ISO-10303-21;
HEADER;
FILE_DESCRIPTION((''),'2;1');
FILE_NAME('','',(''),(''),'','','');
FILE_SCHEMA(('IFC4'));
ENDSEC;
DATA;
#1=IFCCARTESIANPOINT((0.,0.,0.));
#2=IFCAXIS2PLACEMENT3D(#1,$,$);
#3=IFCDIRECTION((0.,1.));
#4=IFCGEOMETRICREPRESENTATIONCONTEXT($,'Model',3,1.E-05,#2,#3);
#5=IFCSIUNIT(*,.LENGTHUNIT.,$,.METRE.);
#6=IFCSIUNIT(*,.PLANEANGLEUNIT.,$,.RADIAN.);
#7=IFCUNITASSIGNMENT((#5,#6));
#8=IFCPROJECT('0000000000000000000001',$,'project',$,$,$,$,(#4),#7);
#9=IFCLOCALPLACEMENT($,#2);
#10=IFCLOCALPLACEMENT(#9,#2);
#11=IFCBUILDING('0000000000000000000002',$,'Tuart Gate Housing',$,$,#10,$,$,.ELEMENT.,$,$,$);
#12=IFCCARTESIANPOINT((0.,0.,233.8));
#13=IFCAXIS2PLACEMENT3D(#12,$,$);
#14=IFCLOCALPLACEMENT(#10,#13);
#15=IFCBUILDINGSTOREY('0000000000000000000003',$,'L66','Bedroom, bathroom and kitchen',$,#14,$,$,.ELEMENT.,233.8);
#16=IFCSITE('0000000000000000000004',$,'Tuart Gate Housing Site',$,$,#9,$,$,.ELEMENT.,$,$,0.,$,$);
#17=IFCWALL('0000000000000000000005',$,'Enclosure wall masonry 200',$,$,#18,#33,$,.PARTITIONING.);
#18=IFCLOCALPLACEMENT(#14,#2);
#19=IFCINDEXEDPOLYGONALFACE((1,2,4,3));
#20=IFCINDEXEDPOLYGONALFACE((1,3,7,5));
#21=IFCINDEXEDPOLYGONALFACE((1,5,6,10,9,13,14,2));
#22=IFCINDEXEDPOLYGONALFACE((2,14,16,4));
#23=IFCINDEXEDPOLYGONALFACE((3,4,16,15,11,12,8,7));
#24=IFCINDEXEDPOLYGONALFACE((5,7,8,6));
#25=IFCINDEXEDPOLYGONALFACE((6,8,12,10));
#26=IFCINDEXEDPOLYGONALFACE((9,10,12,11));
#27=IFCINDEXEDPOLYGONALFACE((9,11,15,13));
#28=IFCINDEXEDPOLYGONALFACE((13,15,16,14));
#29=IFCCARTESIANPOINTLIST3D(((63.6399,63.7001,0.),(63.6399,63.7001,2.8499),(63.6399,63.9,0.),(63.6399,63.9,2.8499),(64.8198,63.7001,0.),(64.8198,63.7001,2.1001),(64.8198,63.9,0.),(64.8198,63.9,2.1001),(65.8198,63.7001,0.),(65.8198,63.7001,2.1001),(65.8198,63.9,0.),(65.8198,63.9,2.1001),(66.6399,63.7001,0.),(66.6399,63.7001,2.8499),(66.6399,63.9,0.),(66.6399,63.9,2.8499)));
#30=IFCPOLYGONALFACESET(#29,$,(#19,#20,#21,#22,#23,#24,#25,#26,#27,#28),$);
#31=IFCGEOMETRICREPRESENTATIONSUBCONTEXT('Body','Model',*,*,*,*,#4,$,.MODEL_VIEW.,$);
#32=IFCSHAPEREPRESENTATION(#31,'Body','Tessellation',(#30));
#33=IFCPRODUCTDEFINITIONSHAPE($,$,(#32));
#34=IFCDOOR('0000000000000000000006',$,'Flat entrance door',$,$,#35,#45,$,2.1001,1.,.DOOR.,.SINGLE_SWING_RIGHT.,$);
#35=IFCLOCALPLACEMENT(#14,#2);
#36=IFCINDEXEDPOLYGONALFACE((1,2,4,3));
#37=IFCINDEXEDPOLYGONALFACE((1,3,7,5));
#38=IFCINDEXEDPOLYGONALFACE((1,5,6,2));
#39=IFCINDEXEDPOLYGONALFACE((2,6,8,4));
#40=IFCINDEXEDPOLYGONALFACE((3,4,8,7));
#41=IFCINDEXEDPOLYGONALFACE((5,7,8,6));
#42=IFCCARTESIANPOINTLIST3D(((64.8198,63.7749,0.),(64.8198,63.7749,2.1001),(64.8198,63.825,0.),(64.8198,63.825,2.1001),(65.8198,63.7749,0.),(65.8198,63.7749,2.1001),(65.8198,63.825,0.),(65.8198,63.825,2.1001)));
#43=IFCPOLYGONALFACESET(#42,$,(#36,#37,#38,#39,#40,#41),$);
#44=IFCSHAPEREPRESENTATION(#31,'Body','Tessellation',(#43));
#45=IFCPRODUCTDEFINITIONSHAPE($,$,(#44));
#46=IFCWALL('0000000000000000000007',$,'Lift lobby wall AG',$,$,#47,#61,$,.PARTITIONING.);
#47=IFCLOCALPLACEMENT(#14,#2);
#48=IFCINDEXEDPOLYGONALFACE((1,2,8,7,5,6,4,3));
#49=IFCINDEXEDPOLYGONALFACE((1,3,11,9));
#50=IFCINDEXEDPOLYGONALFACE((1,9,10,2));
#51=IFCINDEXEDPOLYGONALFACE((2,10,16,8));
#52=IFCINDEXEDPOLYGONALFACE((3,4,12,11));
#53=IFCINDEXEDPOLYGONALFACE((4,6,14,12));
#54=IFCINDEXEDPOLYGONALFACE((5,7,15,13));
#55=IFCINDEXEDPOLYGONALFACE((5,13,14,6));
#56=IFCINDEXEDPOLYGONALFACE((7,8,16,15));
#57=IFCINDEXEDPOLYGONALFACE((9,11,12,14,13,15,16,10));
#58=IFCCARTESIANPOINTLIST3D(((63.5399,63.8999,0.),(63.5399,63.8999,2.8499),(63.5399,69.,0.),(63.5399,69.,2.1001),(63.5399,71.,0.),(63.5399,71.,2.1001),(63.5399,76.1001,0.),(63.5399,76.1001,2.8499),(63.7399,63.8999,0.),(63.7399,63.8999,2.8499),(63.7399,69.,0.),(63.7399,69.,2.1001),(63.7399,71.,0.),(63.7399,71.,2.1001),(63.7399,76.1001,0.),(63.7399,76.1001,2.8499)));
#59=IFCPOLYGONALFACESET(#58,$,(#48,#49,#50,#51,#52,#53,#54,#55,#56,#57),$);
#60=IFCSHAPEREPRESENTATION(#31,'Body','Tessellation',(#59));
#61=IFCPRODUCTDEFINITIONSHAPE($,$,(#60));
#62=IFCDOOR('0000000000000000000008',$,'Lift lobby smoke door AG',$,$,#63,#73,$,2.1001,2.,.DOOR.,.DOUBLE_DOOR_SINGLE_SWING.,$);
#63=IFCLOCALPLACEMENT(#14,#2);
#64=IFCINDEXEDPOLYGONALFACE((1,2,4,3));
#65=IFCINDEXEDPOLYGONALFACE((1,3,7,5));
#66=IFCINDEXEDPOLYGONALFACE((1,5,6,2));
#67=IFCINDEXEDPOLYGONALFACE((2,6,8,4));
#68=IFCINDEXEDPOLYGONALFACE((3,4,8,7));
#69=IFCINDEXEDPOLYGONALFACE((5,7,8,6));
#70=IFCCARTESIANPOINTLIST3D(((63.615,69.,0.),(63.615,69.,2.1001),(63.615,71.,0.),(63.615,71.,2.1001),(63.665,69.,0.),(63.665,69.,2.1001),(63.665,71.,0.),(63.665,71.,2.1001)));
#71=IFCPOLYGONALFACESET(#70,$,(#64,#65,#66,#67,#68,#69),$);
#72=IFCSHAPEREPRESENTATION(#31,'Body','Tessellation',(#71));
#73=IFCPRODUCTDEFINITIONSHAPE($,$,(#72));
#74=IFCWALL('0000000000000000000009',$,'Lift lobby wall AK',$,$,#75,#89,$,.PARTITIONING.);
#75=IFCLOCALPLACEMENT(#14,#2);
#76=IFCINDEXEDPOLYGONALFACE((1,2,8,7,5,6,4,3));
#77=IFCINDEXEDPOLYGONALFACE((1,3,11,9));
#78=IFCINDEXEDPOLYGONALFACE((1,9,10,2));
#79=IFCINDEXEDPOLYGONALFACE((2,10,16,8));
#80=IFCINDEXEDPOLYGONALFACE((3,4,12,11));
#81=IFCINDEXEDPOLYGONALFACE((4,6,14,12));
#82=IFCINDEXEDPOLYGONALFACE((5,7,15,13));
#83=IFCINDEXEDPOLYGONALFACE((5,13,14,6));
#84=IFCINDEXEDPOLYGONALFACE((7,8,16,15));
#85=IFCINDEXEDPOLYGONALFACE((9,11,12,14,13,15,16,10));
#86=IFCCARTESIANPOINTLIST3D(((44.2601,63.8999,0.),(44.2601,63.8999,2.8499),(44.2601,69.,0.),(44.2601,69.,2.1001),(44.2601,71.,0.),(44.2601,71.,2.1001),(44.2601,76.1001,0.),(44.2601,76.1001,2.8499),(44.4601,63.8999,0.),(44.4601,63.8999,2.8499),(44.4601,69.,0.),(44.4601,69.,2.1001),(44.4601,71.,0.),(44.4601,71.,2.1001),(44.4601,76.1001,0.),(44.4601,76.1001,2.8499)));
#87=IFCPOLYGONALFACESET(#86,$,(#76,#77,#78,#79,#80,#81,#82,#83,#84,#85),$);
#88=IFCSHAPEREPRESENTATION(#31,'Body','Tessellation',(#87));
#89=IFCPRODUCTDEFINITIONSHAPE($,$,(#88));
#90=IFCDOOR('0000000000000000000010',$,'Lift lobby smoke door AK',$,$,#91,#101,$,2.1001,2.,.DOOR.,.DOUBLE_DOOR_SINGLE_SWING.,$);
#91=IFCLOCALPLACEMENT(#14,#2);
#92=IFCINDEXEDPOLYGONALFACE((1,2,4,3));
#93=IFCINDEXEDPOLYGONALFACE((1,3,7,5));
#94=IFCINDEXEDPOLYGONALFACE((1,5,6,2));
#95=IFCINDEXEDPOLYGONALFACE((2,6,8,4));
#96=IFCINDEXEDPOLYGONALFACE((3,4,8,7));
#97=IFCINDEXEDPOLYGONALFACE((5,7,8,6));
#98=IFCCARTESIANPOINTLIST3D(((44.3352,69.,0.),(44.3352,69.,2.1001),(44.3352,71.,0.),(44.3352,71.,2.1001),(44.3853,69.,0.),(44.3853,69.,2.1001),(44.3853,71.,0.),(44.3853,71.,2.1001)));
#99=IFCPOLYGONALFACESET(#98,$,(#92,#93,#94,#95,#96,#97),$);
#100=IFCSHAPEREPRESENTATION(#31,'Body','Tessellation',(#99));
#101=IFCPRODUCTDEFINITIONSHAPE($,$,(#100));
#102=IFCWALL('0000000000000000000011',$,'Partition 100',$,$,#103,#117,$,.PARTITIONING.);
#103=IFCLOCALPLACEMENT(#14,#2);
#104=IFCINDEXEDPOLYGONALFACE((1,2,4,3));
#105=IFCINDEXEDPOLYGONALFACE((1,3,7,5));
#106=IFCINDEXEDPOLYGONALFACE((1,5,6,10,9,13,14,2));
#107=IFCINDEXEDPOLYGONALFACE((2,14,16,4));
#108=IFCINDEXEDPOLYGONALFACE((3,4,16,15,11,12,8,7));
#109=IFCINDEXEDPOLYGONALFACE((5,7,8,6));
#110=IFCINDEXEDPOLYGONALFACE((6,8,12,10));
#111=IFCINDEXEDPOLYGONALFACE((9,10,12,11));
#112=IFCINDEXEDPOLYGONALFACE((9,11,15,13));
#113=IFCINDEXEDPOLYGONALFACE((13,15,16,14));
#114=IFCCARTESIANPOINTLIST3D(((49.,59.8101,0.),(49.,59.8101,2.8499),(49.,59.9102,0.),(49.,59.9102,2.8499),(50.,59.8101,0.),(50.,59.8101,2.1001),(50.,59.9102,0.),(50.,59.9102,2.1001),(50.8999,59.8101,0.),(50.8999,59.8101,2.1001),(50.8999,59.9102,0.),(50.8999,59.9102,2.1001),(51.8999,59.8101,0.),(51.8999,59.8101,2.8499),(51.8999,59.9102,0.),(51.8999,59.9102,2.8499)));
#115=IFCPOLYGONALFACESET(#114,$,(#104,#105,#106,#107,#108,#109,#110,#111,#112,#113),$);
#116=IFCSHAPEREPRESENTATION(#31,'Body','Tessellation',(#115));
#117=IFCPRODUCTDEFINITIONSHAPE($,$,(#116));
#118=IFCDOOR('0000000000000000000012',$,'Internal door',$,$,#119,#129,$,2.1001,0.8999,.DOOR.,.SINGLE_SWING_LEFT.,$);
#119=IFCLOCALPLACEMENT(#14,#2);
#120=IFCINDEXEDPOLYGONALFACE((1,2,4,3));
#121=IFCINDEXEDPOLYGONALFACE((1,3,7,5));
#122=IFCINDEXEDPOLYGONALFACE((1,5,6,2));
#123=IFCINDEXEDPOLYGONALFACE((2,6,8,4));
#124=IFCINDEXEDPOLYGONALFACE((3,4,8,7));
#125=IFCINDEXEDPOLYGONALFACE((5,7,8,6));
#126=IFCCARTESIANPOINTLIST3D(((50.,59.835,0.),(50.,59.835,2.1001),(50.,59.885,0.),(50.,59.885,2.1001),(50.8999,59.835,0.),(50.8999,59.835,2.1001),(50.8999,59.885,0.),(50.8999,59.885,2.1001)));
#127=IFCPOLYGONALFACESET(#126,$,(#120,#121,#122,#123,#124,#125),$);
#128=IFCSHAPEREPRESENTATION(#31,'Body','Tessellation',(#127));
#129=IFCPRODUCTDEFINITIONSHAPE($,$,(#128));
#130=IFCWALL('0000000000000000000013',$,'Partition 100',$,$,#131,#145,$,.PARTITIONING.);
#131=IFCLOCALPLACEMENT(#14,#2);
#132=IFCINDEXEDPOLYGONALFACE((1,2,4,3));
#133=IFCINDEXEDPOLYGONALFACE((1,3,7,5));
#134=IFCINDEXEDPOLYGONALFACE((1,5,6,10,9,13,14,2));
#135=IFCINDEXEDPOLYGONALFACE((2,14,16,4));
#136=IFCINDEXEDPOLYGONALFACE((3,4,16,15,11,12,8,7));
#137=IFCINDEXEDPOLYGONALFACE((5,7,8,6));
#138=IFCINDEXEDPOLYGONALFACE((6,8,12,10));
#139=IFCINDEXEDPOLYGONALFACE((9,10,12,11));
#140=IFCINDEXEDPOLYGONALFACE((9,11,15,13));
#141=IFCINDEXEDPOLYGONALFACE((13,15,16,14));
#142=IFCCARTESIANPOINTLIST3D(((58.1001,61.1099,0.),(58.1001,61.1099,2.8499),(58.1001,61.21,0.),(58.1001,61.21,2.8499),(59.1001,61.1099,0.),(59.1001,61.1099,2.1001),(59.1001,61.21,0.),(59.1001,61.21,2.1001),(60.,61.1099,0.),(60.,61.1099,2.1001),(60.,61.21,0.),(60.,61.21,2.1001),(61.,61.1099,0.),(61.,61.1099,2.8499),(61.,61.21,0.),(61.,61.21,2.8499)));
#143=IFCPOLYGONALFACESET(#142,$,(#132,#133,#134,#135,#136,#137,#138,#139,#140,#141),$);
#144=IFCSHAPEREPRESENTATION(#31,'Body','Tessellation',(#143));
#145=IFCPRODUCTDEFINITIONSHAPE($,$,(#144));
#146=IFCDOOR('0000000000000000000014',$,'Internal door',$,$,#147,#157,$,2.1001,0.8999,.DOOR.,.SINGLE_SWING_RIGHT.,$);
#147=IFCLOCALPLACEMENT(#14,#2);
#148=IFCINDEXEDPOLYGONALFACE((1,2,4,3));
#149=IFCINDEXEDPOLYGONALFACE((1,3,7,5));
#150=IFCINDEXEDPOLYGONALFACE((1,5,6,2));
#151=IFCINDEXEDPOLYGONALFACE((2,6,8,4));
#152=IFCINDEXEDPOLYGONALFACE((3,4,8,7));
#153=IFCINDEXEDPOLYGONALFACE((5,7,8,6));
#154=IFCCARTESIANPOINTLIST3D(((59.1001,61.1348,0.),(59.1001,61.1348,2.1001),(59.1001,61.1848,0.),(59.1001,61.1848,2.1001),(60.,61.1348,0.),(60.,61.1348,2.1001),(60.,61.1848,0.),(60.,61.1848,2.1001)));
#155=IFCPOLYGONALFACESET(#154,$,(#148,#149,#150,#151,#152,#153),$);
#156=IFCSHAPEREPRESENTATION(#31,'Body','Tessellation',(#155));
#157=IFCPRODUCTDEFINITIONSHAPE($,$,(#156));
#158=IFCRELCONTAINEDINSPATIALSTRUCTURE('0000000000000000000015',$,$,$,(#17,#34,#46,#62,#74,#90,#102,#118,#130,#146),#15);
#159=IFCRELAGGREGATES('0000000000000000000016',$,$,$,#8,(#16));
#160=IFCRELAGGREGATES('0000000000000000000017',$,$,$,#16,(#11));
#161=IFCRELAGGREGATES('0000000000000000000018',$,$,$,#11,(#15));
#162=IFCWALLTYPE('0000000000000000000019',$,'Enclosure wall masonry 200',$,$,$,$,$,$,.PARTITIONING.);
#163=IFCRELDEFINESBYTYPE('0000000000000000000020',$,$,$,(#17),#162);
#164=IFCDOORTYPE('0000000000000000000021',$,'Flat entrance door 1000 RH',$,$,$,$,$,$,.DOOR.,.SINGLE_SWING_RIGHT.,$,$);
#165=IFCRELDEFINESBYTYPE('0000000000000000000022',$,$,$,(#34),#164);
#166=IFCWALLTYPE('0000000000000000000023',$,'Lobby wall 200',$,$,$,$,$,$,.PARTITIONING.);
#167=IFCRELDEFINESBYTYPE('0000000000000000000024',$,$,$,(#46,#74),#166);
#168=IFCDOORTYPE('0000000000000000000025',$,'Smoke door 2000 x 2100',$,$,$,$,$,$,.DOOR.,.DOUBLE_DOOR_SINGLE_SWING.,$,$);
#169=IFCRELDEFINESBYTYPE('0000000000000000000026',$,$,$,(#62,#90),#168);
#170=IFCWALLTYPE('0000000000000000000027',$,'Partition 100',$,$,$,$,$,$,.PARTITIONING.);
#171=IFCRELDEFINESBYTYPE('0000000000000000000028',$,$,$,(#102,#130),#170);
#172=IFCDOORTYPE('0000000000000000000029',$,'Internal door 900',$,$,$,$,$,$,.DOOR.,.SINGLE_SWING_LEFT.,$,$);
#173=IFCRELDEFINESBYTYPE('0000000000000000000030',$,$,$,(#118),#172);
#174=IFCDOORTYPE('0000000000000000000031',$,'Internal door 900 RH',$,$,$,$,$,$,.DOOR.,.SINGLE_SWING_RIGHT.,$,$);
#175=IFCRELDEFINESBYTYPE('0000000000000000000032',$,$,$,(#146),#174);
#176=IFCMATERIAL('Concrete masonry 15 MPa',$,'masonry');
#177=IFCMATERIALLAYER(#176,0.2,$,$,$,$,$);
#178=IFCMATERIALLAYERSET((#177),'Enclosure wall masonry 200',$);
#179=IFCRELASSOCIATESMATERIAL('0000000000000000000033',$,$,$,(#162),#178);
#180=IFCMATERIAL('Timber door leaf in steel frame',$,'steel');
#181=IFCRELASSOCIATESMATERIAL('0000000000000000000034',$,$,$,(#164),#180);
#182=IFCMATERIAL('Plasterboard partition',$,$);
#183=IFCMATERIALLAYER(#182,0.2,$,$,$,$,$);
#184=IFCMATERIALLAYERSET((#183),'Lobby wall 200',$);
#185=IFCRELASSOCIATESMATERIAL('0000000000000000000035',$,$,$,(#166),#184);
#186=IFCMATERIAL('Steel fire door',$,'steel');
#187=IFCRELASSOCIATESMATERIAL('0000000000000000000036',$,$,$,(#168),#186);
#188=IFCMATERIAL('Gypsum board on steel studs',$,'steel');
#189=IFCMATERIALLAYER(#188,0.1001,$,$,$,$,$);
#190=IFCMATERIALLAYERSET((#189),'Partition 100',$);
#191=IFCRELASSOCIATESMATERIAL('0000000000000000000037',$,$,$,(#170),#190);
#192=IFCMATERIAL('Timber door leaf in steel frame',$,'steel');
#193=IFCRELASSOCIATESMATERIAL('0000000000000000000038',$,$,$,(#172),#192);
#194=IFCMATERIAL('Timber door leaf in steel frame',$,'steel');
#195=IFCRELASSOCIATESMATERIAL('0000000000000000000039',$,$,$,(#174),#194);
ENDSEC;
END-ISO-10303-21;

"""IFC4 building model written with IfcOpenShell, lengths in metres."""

from ifc_helpers import new_model, si_unit, direction, frame, frame_2d, origin, place, context, subcontext, project, spatial, rectangle, extrude, material, layer, layer_set, type_object, element, fill, save


model = new_model("IFC4")

# Units and contexts
model_context = context("Model", 3, precision=1e-05, world=origin(), true_north=direction((0.0, 1.0)))
body_context = subcontext(model_context, "Body", "Model", "MODEL_VIEW")
ifc_project = project(units=[si_unit("LENGTHUNIT", "METRE"), si_unit("PLANEANGLEUNIT", "RADIAN")], contexts=[model_context])

# Site, building, storey
site_placement = place(None, origin())
site = spatial("IfcSite", under=ifc_project, at=site_placement, Name="Tuart Gate Housing Site", CompositionType="ELEMENT", RefElevation=0.0)
building_placement = place(site_placement, origin())
building = spatial("IfcBuilding", under=site, at=building_placement, Name="Tuart Gate Housing", CompositionType="ELEMENT")
storey_placement = place(building_placement, frame((0.0, 0.0, 233.8)))
storey = spatial("IfcBuildingStorey", under=building, at=storey_placement, Name="L66", Description="Bedroom, bathroom and kitchen", CompositionType="ELEMENT", Elevation=233.8)

# Walls, openings, doors
ifc_material_1 = material(Name="Concrete masonry 15 MPa", Category="masonry")
ifc_layer_1 = layer(ifc_material_1, 0.2)
ifc_layer_set_1 = layer_set([ifc_layer_1], Name="Enclosure wall masonry 200")
wall_type_1 = type_object("IfcWallType", Name="Enclosure wall masonry 200", PredefinedType="PARTITIONING", material=ifc_layer_set_1)
wall_1_placement = place(storey_placement, frame((63.6399, 63.8, 0.0), z_axis=(0.0, 0.0, 1.0), x_axis=(1.0, 0.0, 0.0)))
wall_1 = element("IfcWall", 1, at=wall_1_placement, inside=storey, type_object=wall_type_1, Name="Enclosure wall masonry 200", PredefinedType="PARTITIONING", context=body_context, shape_type="SweptSolid", body=[
    extrude(rectangle(XDim=3.0, YDim=0.2, at=frame_2d((1.5, 0.0))), origin(), (0.0, 0.0, 1.0), 2.8499),
])
opening_1_placement = place(wall_1_placement, frame((1.1799, 0.0, 0.0)))
opening_1 = element("IfcOpeningElement", 2, at=opening_1_placement, cuts=wall_1, PredefinedType="OPENING", context=body_context, shape_type="SweptSolid", body=[
    extrude(rectangle(XDim=1.0, YDim=2.1001, at=frame_2d((0.5, 1.05))), frame((0.0, 0.1099, 0.0), z_axis=(0.0, -1.0, 0.0), x_axis=(1.0, 0.0, 0.0)), (0.0, 0.0, 1.0), 0.22),
])
ifc_material_2 = material(Name="Timber door leaf in steel frame", Category="steel")
door_type_1 = type_object("IfcDoorType", Name="Flat entrance door 1000 RH", OperationType="SINGLE_SWING_RIGHT", PredefinedType="DOOR", material=ifc_material_2)
door_1_placement = place(opening_1_placement, frame((1.0, 0.0, 0.0), z_axis=(0.0, 0.0, 1.0), x_axis=(-1.0, 0.0, 0.0)))
door_1 = element("IfcDoor", 3, at=door_1_placement, inside=storey, type_object=door_type_1, Name="Flat entrance door", OperationType="SINGLE_SWING_RIGHT", OverallHeight=2.1001, OverallWidth=1.0, PredefinedType="DOOR", context=body_context, shape_type="SweptSolid", body=[
    extrude(rectangle(XDim=1.0, YDim=2.1001, at=frame_2d((0.5, 1.05))), frame((0.0, 0.0251, 0.0), z_axis=(0.0, -1.0, 0.0), x_axis=(1.0, 0.0, 0.0)), (0.0, 0.0, 1.0), 0.05),
])
fill(opening_1, door_1)
ifc_material_3 = material(Name="Plasterboard partition")
ifc_layer_2 = layer(ifc_material_3, 0.2)
ifc_layer_set_2 = layer_set([ifc_layer_2], Name="Lobby wall 200")
wall_type_2 = type_object("IfcWallType", Name="Lobby wall 200", PredefinedType="PARTITIONING", material=ifc_layer_set_2)
wall_2_placement = place(storey_placement, frame((63.6399, 63.8999, 0.0), z_axis=(0.0, 0.0, 1.0), x_axis=(0.0, 1.0, 0.0)))
wall_2 = element("IfcWall", 4, at=wall_2_placement, inside=storey, type_object=wall_type_2, Name="Lift lobby wall AG", PredefinedType="PARTITIONING", context=body_context, shape_type="SweptSolid", body=[
    extrude(rectangle(XDim=12.2002, YDim=0.2, at=frame_2d((6.1001, 0.0))), origin(), (0.0, 0.0, 1.0), 2.8499),
])
opening_2_placement = place(wall_2_placement, frame((5.1001, 0.0, 0.0)))
opening_2 = element("IfcOpeningElement", 5, at=opening_2_placement, cuts=wall_2, PredefinedType="OPENING", context=body_context, shape_type="SweptSolid", body=[
    extrude(rectangle(XDim=2.0, YDim=2.1001, at=frame_2d((1.0, 1.05))), frame((0.0, 0.1099, 0.0), z_axis=(0.0, -1.0, 0.0), x_axis=(1.0, 0.0, 0.0)), (0.0, 0.0, 1.0), 0.22),
])
ifc_material_4 = material(Name="Steel fire door", Category="steel")
door_type_2 = type_object("IfcDoorType", Name="Smoke door 2000 x 2100", OperationType="DOUBLE_DOOR_SINGLE_SWING", PredefinedType="DOOR", material=ifc_material_4)
door_2_placement = place(opening_2_placement, frame((2.0, 0.0, 0.0), z_axis=(0.0, 0.0, 1.0), x_axis=(-1.0, 0.0, 0.0)))
door_2 = element("IfcDoor", 6, at=door_2_placement, inside=storey, type_object=door_type_2, Name="Lift lobby smoke door AG", OperationType="DOUBLE_DOOR_SINGLE_SWING", OverallHeight=2.1001, OverallWidth=2.0, PredefinedType="DOOR", context=body_context, shape_type="SweptSolid", body=[
    extrude(rectangle(XDim=2.0, YDim=2.1001, at=frame_2d((1.0, 1.05))), frame((0.0, 0.0251, 0.0), z_axis=(0.0, -1.0, 0.0), x_axis=(1.0, 0.0, 0.0)), (0.0, 0.0, 1.0), 0.05),
])
fill(opening_2, door_2)
wall_3_placement = place(storey_placement, frame((44.3601, 63.8999, 0.0), z_axis=(0.0, 0.0, 1.0), x_axis=(0.0, 1.0, 0.0)))
wall_3 = element("IfcWall", 7, at=wall_3_placement, inside=storey, type_object=wall_type_2, Name="Lift lobby wall AK", PredefinedType="PARTITIONING", context=body_context, shape_type="SweptSolid", body=[
    extrude(rectangle(XDim=12.2002, YDim=0.2, at=frame_2d((6.1001, 0.0))), origin(), (0.0, 0.0, 1.0), 2.8499),
])
opening_3_placement = place(wall_3_placement, frame((5.1001, 0.0, 0.0)))
opening_3 = element("IfcOpeningElement", 8, at=opening_3_placement, cuts=wall_3, PredefinedType="OPENING", context=body_context, shape_type="SweptSolid", body=[
    extrude(rectangle(XDim=2.0, YDim=2.1001, at=frame_2d((1.0, 1.05))), frame((0.0, 0.1099, 0.0), z_axis=(0.0, -1.0, 0.0), x_axis=(1.0, 0.0, 0.0)), (0.0, 0.0, 1.0), 0.22),
])
door_3_placement = place(opening_3_placement, origin())
door_3 = element("IfcDoor", 9, at=door_3_placement, inside=storey, type_object=door_type_2, Name="Lift lobby smoke door AK", OperationType="DOUBLE_DOOR_SINGLE_SWING", OverallHeight=2.1001, OverallWidth=2.0, PredefinedType="DOOR", context=body_context, shape_type="SweptSolid", body=[
    extrude(rectangle(XDim=2.0, YDim=2.1001, at=frame_2d((1.0, 1.05))), frame((0.0, 0.0249, 0.0), z_axis=(0.0, -1.0, 0.0), x_axis=(1.0, 0.0, 0.0)), (0.0, 0.0, 1.0), 0.05),
])
fill(opening_3, door_3)
ifc_material_5 = material(Name="Gypsum board on steel studs", Category="steel")
ifc_layer_3 = layer(ifc_material_5, 0.1001)
ifc_layer_set_3 = layer_set([ifc_layer_3], Name="Partition 100")
wall_type_3 = type_object("IfcWallType", Name="Partition 100", PredefinedType="PARTITIONING", material=ifc_layer_set_3)
wall_4_placement = place(storey_placement, frame((49.0, 59.8601, 0.0), z_axis=(0.0, 0.0, 1.0), x_axis=(1.0, 0.0, 0.0)))
wall_4 = element("IfcWall", 10, at=wall_4_placement, inside=storey, type_object=wall_type_3, Name="Partition 100", PredefinedType="PARTITIONING", context=body_context, shape_type="SweptSolid", body=[
    extrude(rectangle(XDim=2.8999, YDim=0.1001, at=frame_2d((1.45, 0.0))), origin(), (0.0, 0.0, 1.0), 2.8499),
])
opening_4_placement = place(wall_4_placement, frame((1.0, 0.0, 0.0)))
opening_4 = element("IfcOpeningElement", 11, at=opening_4_placement, cuts=wall_4, PredefinedType="OPENING", context=body_context, shape_type="SweptSolid", body=[
    extrude(rectangle(XDim=0.8999, YDim=2.1001, at=frame_2d((0.45, 1.05))), frame((0.0, 0.0601, 0.0), z_axis=(0.0, -1.0, 0.0), x_axis=(1.0, 0.0, 0.0)), (0.0, 0.0, 1.0), 0.1201),
])
ifc_material_6 = material(Name="Timber door leaf in steel frame", Category="steel")
door_type_3 = type_object("IfcDoorType", Name="Internal door 900", OperationType="SINGLE_SWING_LEFT", PredefinedType="DOOR", material=ifc_material_6)
door_4_placement = place(opening_4_placement, origin())
door_4 = element("IfcDoor", 12, at=door_4_placement, inside=storey, type_object=door_type_3, Name="Internal door", OperationType="SINGLE_SWING_LEFT", OverallHeight=2.1001, OverallWidth=0.8999, PredefinedType="DOOR", context=body_context, shape_type="SweptSolid", body=[
    extrude(rectangle(XDim=0.8999, YDim=2.1001, at=frame_2d((0.45, 1.05))), frame((0.0, 0.0249, 0.0), z_axis=(0.0, -1.0, 0.0), x_axis=(1.0, 0.0, 0.0)), (0.0, 0.0, 1.0), 0.05),
])
fill(opening_4, door_4)
wall_5_placement = place(storey_placement, frame((58.1001, 61.1599, 0.0), z_axis=(0.0, 0.0, 1.0), x_axis=(1.0, 0.0, 0.0)))
wall_5 = element("IfcWall", 13, at=wall_5_placement, inside=storey, type_object=wall_type_3, Name="Partition 100", PredefinedType="PARTITIONING", context=body_context, shape_type="SweptSolid", body=[
    extrude(rectangle(XDim=2.8999, YDim=0.1001, at=frame_2d((1.45, 0.0))), origin(), (0.0, 0.0, 1.0), 2.8499),
])
opening_5_placement = place(wall_5_placement, frame((1.0, 0.0, 0.0)))
opening_5 = element("IfcOpeningElement", 14, at=opening_5_placement, cuts=wall_5, PredefinedType="OPENING", context=body_context, shape_type="SweptSolid", body=[
    extrude(rectangle(XDim=0.8999, YDim=2.1001, at=frame_2d((0.45, 1.05))), frame((0.0, 0.0601, 0.0), z_axis=(0.0, -1.0, 0.0), x_axis=(1.0, 0.0, 0.0)), (0.0, 0.0, 1.0), 0.1201),
])
ifc_material_7 = material(Name="Timber door leaf in steel frame", Category="steel")
door_type_4 = type_object("IfcDoorType", Name="Internal door 900 RH", OperationType="SINGLE_SWING_RIGHT", PredefinedType="DOOR", material=ifc_material_7)
door_5_placement = place(opening_5_placement, origin())
door_5 = element("IfcDoor", 15, at=door_5_placement, inside=storey, type_object=door_type_4, Name="Internal door", OperationType="SINGLE_SWING_RIGHT", OverallHeight=2.1001, OverallWidth=0.8999, PredefinedType="DOOR", context=body_context, shape_type="SweptSolid", body=[
    extrude(rectangle(XDim=0.8999, YDim=2.1001, at=frame_2d((0.45, 1.05))), frame((0.0, 0.0249, 0.0), z_axis=(0.0, -1.0, 0.0), x_axis=(1.0, 0.0, 0.0)), (0.0, 0.0, 1.0), 0.05),
])
fill(opening_5, door_5)

save(model, "model.ifc")
